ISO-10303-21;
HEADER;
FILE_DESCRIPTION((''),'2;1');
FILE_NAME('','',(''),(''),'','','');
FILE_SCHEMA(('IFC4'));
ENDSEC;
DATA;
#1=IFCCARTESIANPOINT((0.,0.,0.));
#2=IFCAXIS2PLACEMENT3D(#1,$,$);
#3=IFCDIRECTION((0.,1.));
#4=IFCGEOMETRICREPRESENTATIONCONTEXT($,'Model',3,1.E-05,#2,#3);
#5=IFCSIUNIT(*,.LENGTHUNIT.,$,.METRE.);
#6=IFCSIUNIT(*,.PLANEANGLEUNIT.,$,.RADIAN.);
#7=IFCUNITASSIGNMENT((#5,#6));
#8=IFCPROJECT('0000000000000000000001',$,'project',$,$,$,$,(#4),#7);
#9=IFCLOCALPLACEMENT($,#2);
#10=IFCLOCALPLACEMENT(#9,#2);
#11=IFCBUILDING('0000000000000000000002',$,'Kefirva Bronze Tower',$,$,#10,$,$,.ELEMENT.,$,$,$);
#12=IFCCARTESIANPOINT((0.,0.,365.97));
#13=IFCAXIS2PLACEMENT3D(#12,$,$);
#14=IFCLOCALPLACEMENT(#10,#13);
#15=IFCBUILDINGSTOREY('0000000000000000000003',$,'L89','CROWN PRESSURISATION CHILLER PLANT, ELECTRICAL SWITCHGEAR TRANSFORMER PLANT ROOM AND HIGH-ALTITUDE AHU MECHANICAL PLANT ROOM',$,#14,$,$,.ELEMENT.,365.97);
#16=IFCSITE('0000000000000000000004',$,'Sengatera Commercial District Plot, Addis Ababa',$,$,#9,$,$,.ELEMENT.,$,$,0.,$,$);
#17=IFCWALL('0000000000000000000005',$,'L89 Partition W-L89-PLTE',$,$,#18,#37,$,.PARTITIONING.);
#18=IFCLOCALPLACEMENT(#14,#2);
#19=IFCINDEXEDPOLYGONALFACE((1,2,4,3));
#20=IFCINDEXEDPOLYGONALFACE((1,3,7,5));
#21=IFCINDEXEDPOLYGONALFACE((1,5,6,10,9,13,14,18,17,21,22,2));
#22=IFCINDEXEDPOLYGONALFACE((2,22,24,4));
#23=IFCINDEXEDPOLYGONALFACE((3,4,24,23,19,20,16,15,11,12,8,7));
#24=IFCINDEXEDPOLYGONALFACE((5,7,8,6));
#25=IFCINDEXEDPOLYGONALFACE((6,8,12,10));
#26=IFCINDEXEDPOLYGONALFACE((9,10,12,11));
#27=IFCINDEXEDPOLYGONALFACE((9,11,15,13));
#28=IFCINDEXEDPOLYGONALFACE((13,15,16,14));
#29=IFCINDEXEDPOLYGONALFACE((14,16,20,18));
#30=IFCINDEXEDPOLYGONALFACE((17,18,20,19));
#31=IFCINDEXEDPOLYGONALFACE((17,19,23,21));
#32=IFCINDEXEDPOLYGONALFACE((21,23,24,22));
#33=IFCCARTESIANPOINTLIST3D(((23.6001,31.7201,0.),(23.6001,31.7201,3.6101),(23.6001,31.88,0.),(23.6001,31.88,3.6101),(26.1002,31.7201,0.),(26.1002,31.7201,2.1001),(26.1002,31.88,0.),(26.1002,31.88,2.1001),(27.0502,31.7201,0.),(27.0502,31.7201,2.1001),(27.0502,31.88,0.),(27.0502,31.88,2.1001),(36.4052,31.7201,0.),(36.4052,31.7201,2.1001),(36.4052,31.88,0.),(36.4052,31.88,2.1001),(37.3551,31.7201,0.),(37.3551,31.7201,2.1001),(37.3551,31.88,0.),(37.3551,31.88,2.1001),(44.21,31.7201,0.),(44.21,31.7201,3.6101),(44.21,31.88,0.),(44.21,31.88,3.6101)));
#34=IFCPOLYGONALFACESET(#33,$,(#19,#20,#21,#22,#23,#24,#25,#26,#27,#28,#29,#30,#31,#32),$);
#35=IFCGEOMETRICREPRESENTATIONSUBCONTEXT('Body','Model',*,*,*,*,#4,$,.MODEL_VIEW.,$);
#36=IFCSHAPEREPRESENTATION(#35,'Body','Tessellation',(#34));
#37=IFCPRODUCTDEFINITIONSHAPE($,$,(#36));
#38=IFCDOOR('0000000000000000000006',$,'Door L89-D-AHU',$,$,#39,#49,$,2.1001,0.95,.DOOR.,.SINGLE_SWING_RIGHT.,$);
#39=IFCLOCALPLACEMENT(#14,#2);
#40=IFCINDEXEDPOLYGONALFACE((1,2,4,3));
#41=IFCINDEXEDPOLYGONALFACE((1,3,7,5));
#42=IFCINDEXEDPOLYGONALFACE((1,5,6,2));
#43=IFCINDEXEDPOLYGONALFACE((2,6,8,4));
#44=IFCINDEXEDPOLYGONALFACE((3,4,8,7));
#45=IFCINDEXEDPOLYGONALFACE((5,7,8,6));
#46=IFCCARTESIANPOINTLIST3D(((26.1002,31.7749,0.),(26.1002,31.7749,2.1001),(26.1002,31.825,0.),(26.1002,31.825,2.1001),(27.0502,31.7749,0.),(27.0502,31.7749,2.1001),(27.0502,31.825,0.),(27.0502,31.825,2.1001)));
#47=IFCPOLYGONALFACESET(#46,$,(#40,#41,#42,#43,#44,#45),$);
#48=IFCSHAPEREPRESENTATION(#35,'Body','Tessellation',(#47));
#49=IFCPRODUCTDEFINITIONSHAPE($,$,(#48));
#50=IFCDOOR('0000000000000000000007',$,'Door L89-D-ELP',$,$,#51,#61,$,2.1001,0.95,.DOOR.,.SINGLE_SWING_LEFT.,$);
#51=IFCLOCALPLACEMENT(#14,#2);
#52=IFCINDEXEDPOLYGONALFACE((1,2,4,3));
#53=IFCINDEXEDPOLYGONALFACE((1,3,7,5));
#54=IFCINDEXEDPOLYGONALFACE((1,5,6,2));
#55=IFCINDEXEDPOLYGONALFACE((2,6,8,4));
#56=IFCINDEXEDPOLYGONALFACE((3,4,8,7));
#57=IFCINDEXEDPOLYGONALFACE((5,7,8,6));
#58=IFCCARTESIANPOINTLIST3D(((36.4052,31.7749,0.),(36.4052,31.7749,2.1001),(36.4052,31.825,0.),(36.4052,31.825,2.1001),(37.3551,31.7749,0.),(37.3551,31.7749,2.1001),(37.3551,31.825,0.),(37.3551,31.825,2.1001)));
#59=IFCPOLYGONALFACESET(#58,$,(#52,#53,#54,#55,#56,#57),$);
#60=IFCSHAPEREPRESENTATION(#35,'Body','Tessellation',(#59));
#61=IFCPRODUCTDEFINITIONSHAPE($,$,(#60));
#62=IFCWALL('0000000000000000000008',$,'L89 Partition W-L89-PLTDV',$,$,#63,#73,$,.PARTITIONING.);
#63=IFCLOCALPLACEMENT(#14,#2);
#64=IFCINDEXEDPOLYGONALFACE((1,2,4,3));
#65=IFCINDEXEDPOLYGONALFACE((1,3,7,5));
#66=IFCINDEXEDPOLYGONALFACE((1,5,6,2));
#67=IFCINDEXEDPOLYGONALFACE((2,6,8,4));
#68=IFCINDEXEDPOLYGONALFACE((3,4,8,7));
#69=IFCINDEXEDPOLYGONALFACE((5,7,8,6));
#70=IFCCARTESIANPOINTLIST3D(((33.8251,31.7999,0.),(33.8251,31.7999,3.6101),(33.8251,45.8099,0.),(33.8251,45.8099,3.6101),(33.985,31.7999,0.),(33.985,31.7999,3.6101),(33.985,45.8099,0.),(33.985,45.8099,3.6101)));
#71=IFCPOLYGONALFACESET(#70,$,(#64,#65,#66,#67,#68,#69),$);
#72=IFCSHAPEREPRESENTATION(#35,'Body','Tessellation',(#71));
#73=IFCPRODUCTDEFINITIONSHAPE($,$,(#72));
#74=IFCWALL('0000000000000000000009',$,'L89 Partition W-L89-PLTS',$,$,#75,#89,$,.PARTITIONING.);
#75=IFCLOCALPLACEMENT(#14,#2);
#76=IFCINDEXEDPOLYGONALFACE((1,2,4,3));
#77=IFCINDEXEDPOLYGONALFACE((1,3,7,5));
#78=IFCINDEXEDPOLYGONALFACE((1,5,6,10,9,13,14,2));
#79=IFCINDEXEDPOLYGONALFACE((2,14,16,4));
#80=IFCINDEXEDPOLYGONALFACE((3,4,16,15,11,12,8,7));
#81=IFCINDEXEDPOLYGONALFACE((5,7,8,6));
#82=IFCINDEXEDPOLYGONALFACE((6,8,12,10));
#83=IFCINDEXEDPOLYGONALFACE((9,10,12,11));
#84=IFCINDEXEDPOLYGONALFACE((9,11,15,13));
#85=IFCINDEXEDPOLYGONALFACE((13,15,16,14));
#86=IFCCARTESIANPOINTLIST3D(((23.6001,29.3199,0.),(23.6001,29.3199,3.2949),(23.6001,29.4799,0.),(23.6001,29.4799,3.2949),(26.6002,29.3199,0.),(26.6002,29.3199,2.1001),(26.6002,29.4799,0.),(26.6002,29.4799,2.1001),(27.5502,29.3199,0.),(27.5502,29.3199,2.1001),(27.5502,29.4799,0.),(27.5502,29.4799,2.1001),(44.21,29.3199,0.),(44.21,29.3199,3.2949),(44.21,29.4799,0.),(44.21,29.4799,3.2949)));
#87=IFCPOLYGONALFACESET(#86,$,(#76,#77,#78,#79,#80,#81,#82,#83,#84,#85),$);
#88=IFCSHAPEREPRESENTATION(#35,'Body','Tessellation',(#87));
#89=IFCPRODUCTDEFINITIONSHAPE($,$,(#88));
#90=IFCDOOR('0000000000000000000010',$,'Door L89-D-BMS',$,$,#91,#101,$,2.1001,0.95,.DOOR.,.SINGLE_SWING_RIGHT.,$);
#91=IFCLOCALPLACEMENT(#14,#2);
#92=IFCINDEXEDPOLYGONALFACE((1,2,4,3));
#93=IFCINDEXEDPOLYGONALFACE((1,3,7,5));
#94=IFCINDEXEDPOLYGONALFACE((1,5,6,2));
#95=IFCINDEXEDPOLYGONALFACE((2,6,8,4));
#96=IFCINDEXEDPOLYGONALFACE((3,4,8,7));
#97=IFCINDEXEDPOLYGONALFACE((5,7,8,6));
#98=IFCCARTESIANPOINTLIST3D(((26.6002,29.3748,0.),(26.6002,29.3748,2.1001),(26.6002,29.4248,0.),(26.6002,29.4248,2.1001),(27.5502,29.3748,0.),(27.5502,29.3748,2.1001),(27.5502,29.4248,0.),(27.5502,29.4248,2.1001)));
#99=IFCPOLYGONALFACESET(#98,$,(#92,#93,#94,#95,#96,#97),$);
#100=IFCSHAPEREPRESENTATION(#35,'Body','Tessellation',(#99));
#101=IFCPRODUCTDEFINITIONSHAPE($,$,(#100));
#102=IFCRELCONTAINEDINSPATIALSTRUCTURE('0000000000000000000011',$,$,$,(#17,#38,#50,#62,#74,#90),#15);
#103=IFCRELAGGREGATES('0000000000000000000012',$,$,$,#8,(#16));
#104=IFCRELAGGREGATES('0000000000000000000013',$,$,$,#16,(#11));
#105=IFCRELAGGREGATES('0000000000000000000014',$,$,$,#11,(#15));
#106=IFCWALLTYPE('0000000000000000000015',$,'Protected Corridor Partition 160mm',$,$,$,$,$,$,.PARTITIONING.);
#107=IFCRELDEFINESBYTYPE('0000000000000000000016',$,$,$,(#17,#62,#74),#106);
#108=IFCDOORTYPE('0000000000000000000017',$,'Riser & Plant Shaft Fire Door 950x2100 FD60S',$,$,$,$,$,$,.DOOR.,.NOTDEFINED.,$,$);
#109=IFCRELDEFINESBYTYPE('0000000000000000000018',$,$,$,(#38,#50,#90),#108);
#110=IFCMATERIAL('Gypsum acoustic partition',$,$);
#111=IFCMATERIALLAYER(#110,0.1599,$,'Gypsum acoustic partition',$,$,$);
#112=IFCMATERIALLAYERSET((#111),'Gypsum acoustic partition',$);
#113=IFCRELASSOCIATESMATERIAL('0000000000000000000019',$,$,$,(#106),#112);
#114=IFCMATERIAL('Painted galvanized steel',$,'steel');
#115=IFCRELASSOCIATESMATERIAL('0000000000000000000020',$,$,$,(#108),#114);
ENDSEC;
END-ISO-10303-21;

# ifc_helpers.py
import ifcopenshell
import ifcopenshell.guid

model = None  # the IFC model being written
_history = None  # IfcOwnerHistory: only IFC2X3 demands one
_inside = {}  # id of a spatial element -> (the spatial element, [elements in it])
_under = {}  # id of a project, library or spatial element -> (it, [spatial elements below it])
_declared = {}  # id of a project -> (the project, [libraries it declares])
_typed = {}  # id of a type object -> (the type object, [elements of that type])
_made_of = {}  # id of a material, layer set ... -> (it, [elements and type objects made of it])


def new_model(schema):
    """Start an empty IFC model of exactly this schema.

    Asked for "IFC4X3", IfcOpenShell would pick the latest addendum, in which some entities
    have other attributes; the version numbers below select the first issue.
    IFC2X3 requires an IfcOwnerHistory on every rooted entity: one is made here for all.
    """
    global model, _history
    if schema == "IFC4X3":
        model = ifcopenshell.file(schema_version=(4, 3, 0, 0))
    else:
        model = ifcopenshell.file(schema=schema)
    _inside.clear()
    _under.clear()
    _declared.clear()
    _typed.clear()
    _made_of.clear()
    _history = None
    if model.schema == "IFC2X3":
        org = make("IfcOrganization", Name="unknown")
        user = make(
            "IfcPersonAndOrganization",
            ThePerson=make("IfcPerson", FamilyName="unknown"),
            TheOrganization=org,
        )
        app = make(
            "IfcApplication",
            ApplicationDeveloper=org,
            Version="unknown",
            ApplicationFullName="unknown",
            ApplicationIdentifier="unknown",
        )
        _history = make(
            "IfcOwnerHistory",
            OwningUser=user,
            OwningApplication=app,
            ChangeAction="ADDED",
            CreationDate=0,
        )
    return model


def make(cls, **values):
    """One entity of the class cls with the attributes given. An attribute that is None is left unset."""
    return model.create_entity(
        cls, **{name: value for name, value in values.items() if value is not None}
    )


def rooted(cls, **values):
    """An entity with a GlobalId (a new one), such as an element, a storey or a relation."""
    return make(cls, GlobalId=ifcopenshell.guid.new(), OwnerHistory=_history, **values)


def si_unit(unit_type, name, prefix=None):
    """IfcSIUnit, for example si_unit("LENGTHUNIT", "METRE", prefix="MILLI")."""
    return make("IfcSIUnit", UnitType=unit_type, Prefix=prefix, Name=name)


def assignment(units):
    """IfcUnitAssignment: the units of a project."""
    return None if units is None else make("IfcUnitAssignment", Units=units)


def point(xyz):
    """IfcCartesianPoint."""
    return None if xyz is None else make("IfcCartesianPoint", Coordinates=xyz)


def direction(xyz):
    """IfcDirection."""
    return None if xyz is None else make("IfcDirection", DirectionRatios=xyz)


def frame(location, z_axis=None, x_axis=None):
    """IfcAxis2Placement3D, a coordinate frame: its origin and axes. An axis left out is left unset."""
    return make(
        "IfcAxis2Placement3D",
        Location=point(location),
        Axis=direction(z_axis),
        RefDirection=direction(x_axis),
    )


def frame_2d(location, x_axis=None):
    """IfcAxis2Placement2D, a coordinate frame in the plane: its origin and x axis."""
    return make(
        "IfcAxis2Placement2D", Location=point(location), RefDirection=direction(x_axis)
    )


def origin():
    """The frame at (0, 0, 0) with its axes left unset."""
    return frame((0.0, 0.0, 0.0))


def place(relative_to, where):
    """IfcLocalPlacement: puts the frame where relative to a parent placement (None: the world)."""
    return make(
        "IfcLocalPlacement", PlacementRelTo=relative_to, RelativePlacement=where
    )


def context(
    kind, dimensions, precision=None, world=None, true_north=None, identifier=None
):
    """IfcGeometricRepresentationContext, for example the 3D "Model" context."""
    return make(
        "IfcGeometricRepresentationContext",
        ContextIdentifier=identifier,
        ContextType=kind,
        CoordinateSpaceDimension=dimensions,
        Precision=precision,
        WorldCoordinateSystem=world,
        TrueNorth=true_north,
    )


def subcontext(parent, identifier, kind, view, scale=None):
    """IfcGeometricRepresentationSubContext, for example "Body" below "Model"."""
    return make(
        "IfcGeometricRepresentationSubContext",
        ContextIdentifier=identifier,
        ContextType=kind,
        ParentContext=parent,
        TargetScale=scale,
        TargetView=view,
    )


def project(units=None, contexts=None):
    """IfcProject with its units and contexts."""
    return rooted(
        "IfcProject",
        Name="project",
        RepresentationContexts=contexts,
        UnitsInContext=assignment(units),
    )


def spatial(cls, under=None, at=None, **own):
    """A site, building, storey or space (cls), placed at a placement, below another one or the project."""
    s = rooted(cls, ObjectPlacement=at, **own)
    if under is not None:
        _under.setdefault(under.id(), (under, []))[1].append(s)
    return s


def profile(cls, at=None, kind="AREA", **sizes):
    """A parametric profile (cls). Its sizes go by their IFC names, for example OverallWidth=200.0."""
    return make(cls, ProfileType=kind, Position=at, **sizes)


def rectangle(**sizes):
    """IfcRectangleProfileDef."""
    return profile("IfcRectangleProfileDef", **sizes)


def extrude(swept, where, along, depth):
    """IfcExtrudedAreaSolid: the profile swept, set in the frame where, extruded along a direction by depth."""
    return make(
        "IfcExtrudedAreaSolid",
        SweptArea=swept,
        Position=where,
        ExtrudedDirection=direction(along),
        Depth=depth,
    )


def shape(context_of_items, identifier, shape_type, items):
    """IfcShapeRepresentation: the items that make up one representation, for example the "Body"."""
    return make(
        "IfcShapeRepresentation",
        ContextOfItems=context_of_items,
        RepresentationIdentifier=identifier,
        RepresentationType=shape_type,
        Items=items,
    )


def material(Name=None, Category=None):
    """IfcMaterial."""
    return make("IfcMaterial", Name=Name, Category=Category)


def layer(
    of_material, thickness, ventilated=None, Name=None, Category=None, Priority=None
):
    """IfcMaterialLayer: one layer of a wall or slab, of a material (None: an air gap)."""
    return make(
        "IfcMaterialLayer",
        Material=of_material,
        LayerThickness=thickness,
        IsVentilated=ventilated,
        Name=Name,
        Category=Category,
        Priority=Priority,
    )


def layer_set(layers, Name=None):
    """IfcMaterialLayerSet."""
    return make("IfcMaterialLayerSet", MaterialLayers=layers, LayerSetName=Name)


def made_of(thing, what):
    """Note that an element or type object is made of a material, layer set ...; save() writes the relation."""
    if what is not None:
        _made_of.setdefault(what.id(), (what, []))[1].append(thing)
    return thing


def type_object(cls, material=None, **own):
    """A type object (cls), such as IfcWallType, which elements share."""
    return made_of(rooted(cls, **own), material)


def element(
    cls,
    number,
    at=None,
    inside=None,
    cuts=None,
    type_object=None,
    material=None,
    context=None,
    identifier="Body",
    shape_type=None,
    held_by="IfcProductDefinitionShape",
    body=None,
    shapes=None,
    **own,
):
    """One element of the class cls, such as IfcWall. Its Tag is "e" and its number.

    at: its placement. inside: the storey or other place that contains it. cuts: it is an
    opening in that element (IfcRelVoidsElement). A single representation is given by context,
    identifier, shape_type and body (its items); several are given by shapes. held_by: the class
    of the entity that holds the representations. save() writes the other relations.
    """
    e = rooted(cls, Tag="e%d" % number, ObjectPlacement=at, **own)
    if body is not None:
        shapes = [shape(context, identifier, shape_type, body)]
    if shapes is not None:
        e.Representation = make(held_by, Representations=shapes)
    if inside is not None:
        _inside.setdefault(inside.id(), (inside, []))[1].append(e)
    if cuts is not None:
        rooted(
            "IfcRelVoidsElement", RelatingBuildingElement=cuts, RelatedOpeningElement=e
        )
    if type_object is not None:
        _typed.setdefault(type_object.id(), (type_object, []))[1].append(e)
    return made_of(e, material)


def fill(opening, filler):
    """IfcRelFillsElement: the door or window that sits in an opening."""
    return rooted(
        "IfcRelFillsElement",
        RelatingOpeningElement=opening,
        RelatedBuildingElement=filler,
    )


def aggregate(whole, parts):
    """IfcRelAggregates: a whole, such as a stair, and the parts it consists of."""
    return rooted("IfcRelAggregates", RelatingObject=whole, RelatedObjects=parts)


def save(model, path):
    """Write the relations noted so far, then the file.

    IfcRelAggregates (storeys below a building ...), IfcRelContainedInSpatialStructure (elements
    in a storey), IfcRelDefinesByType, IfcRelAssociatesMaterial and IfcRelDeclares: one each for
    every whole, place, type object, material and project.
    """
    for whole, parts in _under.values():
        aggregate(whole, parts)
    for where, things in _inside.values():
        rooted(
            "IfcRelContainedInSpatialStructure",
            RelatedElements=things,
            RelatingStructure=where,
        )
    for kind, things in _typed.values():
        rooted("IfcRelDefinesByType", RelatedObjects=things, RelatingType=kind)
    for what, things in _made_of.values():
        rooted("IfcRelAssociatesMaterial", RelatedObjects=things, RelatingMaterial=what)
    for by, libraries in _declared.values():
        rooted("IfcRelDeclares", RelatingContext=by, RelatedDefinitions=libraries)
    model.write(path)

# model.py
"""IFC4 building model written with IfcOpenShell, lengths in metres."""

from ifc_helpers import new_model, si_unit, direction, frame, frame_2d, origin, place, context, subcontext, project, spatial, rectangle, extrude, material, layer, layer_set, type_object, element, fill, save


model = new_model("IFC4")

# Units and contexts
model_context = context("Model", 3, precision=1e-05, world=origin(), true_north=direction((0.0, 1.0)))
body_context = subcontext(model_context, "Body", "Model", "MODEL_VIEW")
ifc_project = project(units=[si_unit("LENGTHUNIT", "METRE"), si_unit("PLANEANGLEUNIT", "RADIAN")], contexts=[model_context])

# Site, building, storey
site_placement = place(None, origin())
site = spatial("IfcSite", under=ifc_project, at=site_placement, Name="Sengatera Commercial District Plot, Addis Ababa", CompositionType="ELEMENT", RefElevation=0.0)
building_placement = place(site_placement, origin())
building = spatial("IfcBuilding", under=site, at=building_placement, Name="Kefirva Bronze Tower", CompositionType="ELEMENT")
storey_placement = place(building_placement, frame((0.0, 0.0, 365.97)))
storey = spatial("IfcBuildingStorey", under=building, at=storey_placement, Name="L89", Description="CROWN PRESSURISATION CHILLER PLANT, ELECTRICAL SWITCHGEAR TRANSFORMER PLANT ROOM AND HIGH-ALTITUDE AHU MECHANICAL PLANT ROOM", CompositionType="ELEMENT", Elevation=365.97)

# Wall, openings, doors
ifc_material_1 = material(Name="Gypsum acoustic partition")
ifc_layer_1 = layer(ifc_material_1, 0.1599, Name="Gypsum acoustic partition")
ifc_layer_set_1 = layer_set([ifc_layer_1], Name="Gypsum acoustic partition")
wall_type = type_object("IfcWallType", Name="Protected Corridor Partition 160mm", PredefinedType="PARTITIONING", material=ifc_layer_set_1)
wall_1_placement = place(storey_placement, frame((23.6001, 31.8, 0.0), z_axis=(0.0, 0.0, 1.0), x_axis=(1.0, 0.0, 0.0)))
wall_1 = element("IfcWall", 1, at=wall_1_placement, inside=storey, type_object=wall_type, Name="L89 Partition W-L89-PLTE", PredefinedType="PARTITIONING", context=body_context, shape_type="SweptSolid", body=[
    extrude(rectangle(XDim=20.6099, YDim=0.1599, at=frame_2d((10.3049, 0.0))), origin(), (0.0, 0.0, 1.0), 3.6101),
])
opening_1_placement = place(wall_1_placement, frame((2.5, 0.0, 0.0)))
opening_1 = element("IfcOpeningElement", 2, at=opening_1_placement, cuts=wall_1, PredefinedType="OPENING", context=body_context, shape_type="SweptSolid", body=[
    extrude(rectangle(XDim=0.95, YDim=2.1001, at=frame_2d((0.4751, 1.05))), frame((0.0, 0.0898, 0.0), z_axis=(0.0, -1.0, 0.0), x_axis=(1.0, 0.0, 0.0)), (0.0, 0.0, 1.0), 0.1799),
])
opening_2_placement = place(wall_1_placement, frame((12.8049, 0.0, 0.0)))
opening_2 = element("IfcOpeningElement", 3, at=opening_2_placement, cuts=wall_1, PredefinedType="OPENING", context=body_context, shape_type="SweptSolid", body=[
    extrude(rectangle(XDim=0.95, YDim=2.1001, at=frame_2d((0.4751, 1.05))), frame((0.0, 0.0898, 0.0), z_axis=(0.0, -1.0, 0.0), x_axis=(1.0, 0.0, 0.0)), (0.0, 0.0, 1.0), 0.1799),
])
ifc_material_2 = material(Name="Painted galvanized steel", Category="steel")
door_type = type_object("IfcDoorType", Name="Riser & Plant Shaft Fire Door 950x2100 FD60S", OperationType="NOTDEFINED", PredefinedType="DOOR", material=ifc_material_2)
door_1_placement = place(opening_1_placement, origin())
door_1 = element("IfcDoor", 4, at=door_1_placement, inside=storey, type_object=door_type, Name="Door L89-D-AHU", OperationType="SINGLE_SWING_RIGHT", OverallHeight=2.1001, OverallWidth=0.95, PredefinedType="DOOR", context=body_context, shape_type="SweptSolid", body=[
    extrude(rectangle(XDim=0.95, YDim=2.1001, at=frame_2d((0.4751, 1.05))), frame((0.0, 0.0249, 0.0), z_axis=(0.0, -1.0, 0.0), x_axis=(1.0, 0.0, 0.0)), (0.0, 0.0, 1.0), 0.05),
])
fill(opening_1, door_1)
door_2_placement = place(opening_2_placement, origin())
door_2 = element("IfcDoor", 5, at=door_2_placement, inside=storey, type_object=door_type, Name="Door L89-D-ELP", OperationType="SINGLE_SWING_LEFT", OverallHeight=2.1001, OverallWidth=0.95, PredefinedType="DOOR", context=body_context, shape_type="SweptSolid", body=[
    extrude(rectangle(XDim=0.95, YDim=2.1001, at=frame_2d((0.4751, 1.05))), frame((0.0, 0.0249, 0.0), z_axis=(0.0, -1.0, 0.0), x_axis=(1.0, 0.0, 0.0)), (0.0, 0.0, 1.0), 0.05),
])
fill(opening_2, door_2)

# Wall
wall_2_placement = place(storey_placement, frame((33.905, 31.8, 0.0), z_axis=(0.0, 0.0, 1.0), x_axis=(0.0, 1.0, 0.0)))
element("IfcWall", 6, at=wall_2_placement, inside=storey, type_object=wall_type, Name="L89 Partition W-L89-PLTDV", PredefinedType="PARTITIONING", context=body_context, shape_type="SweptSolid", body=[
    extrude(rectangle(XDim=14.01, YDim=0.1599, at=frame_2d((7.0049, 0.0))), origin(), (0.0, 0.0, 1.0), 3.6101),
])

# Wall, opening, door
wall_3_placement = place(storey_placement, frame((23.6001, 29.3999, 0.0), z_axis=(0.0, 0.0, 1.0), x_axis=(1.0, 0.0, 0.0)))
wall_3 = element("IfcWall", 7, at=wall_3_placement, inside=storey, type_object=wall_type, Name="L89 Partition W-L89-PLTS", PredefinedType="PARTITIONING", context=body_context, shape_type="SweptSolid", body=[
    extrude(rectangle(XDim=20.6099, YDim=0.1599, at=frame_2d((10.3049, 0.0))), origin(), (0.0, 0.0, 1.0), 3.2949),
])
opening_3_placement = place(wall_3_placement, frame((3.0, 0.0, 0.0)))
opening_3 = element("IfcOpeningElement", 8, at=opening_3_placement, cuts=wall_3, PredefinedType="OPENING", context=body_context, shape_type="SweptSolid", body=[
    extrude(rectangle(XDim=0.95, YDim=2.1001, at=frame_2d((0.4751, 1.05))), frame((0.0, 0.0898, 0.0), z_axis=(0.0, -1.0, 0.0), x_axis=(1.0, 0.0, 0.0)), (0.0, 0.0, 1.0), 0.1799),
])
door_3_placement = place(opening_3_placement, origin())
door_3 = element("IfcDoor", 9, at=door_3_placement, inside=storey, type_object=door_type, Name="Door L89-D-BMS", OperationType="SINGLE_SWING_RIGHT", OverallHeight=2.1001, OverallWidth=0.95, PredefinedType="DOOR", context=body_context, shape_type="SweptSolid", body=[
    extrude(rectangle(XDim=0.95, YDim=2.1001, at=frame_2d((0.4751, 1.05))), frame((0.0, 0.0249, 0.0), z_axis=(0.0, -1.0, 0.0), x_axis=(1.0, 0.0, 0.0)), (0.0, 0.0, 1.0), 0.05),
])
fill(opening_3, door_3)

save(model, "model.ifc")
